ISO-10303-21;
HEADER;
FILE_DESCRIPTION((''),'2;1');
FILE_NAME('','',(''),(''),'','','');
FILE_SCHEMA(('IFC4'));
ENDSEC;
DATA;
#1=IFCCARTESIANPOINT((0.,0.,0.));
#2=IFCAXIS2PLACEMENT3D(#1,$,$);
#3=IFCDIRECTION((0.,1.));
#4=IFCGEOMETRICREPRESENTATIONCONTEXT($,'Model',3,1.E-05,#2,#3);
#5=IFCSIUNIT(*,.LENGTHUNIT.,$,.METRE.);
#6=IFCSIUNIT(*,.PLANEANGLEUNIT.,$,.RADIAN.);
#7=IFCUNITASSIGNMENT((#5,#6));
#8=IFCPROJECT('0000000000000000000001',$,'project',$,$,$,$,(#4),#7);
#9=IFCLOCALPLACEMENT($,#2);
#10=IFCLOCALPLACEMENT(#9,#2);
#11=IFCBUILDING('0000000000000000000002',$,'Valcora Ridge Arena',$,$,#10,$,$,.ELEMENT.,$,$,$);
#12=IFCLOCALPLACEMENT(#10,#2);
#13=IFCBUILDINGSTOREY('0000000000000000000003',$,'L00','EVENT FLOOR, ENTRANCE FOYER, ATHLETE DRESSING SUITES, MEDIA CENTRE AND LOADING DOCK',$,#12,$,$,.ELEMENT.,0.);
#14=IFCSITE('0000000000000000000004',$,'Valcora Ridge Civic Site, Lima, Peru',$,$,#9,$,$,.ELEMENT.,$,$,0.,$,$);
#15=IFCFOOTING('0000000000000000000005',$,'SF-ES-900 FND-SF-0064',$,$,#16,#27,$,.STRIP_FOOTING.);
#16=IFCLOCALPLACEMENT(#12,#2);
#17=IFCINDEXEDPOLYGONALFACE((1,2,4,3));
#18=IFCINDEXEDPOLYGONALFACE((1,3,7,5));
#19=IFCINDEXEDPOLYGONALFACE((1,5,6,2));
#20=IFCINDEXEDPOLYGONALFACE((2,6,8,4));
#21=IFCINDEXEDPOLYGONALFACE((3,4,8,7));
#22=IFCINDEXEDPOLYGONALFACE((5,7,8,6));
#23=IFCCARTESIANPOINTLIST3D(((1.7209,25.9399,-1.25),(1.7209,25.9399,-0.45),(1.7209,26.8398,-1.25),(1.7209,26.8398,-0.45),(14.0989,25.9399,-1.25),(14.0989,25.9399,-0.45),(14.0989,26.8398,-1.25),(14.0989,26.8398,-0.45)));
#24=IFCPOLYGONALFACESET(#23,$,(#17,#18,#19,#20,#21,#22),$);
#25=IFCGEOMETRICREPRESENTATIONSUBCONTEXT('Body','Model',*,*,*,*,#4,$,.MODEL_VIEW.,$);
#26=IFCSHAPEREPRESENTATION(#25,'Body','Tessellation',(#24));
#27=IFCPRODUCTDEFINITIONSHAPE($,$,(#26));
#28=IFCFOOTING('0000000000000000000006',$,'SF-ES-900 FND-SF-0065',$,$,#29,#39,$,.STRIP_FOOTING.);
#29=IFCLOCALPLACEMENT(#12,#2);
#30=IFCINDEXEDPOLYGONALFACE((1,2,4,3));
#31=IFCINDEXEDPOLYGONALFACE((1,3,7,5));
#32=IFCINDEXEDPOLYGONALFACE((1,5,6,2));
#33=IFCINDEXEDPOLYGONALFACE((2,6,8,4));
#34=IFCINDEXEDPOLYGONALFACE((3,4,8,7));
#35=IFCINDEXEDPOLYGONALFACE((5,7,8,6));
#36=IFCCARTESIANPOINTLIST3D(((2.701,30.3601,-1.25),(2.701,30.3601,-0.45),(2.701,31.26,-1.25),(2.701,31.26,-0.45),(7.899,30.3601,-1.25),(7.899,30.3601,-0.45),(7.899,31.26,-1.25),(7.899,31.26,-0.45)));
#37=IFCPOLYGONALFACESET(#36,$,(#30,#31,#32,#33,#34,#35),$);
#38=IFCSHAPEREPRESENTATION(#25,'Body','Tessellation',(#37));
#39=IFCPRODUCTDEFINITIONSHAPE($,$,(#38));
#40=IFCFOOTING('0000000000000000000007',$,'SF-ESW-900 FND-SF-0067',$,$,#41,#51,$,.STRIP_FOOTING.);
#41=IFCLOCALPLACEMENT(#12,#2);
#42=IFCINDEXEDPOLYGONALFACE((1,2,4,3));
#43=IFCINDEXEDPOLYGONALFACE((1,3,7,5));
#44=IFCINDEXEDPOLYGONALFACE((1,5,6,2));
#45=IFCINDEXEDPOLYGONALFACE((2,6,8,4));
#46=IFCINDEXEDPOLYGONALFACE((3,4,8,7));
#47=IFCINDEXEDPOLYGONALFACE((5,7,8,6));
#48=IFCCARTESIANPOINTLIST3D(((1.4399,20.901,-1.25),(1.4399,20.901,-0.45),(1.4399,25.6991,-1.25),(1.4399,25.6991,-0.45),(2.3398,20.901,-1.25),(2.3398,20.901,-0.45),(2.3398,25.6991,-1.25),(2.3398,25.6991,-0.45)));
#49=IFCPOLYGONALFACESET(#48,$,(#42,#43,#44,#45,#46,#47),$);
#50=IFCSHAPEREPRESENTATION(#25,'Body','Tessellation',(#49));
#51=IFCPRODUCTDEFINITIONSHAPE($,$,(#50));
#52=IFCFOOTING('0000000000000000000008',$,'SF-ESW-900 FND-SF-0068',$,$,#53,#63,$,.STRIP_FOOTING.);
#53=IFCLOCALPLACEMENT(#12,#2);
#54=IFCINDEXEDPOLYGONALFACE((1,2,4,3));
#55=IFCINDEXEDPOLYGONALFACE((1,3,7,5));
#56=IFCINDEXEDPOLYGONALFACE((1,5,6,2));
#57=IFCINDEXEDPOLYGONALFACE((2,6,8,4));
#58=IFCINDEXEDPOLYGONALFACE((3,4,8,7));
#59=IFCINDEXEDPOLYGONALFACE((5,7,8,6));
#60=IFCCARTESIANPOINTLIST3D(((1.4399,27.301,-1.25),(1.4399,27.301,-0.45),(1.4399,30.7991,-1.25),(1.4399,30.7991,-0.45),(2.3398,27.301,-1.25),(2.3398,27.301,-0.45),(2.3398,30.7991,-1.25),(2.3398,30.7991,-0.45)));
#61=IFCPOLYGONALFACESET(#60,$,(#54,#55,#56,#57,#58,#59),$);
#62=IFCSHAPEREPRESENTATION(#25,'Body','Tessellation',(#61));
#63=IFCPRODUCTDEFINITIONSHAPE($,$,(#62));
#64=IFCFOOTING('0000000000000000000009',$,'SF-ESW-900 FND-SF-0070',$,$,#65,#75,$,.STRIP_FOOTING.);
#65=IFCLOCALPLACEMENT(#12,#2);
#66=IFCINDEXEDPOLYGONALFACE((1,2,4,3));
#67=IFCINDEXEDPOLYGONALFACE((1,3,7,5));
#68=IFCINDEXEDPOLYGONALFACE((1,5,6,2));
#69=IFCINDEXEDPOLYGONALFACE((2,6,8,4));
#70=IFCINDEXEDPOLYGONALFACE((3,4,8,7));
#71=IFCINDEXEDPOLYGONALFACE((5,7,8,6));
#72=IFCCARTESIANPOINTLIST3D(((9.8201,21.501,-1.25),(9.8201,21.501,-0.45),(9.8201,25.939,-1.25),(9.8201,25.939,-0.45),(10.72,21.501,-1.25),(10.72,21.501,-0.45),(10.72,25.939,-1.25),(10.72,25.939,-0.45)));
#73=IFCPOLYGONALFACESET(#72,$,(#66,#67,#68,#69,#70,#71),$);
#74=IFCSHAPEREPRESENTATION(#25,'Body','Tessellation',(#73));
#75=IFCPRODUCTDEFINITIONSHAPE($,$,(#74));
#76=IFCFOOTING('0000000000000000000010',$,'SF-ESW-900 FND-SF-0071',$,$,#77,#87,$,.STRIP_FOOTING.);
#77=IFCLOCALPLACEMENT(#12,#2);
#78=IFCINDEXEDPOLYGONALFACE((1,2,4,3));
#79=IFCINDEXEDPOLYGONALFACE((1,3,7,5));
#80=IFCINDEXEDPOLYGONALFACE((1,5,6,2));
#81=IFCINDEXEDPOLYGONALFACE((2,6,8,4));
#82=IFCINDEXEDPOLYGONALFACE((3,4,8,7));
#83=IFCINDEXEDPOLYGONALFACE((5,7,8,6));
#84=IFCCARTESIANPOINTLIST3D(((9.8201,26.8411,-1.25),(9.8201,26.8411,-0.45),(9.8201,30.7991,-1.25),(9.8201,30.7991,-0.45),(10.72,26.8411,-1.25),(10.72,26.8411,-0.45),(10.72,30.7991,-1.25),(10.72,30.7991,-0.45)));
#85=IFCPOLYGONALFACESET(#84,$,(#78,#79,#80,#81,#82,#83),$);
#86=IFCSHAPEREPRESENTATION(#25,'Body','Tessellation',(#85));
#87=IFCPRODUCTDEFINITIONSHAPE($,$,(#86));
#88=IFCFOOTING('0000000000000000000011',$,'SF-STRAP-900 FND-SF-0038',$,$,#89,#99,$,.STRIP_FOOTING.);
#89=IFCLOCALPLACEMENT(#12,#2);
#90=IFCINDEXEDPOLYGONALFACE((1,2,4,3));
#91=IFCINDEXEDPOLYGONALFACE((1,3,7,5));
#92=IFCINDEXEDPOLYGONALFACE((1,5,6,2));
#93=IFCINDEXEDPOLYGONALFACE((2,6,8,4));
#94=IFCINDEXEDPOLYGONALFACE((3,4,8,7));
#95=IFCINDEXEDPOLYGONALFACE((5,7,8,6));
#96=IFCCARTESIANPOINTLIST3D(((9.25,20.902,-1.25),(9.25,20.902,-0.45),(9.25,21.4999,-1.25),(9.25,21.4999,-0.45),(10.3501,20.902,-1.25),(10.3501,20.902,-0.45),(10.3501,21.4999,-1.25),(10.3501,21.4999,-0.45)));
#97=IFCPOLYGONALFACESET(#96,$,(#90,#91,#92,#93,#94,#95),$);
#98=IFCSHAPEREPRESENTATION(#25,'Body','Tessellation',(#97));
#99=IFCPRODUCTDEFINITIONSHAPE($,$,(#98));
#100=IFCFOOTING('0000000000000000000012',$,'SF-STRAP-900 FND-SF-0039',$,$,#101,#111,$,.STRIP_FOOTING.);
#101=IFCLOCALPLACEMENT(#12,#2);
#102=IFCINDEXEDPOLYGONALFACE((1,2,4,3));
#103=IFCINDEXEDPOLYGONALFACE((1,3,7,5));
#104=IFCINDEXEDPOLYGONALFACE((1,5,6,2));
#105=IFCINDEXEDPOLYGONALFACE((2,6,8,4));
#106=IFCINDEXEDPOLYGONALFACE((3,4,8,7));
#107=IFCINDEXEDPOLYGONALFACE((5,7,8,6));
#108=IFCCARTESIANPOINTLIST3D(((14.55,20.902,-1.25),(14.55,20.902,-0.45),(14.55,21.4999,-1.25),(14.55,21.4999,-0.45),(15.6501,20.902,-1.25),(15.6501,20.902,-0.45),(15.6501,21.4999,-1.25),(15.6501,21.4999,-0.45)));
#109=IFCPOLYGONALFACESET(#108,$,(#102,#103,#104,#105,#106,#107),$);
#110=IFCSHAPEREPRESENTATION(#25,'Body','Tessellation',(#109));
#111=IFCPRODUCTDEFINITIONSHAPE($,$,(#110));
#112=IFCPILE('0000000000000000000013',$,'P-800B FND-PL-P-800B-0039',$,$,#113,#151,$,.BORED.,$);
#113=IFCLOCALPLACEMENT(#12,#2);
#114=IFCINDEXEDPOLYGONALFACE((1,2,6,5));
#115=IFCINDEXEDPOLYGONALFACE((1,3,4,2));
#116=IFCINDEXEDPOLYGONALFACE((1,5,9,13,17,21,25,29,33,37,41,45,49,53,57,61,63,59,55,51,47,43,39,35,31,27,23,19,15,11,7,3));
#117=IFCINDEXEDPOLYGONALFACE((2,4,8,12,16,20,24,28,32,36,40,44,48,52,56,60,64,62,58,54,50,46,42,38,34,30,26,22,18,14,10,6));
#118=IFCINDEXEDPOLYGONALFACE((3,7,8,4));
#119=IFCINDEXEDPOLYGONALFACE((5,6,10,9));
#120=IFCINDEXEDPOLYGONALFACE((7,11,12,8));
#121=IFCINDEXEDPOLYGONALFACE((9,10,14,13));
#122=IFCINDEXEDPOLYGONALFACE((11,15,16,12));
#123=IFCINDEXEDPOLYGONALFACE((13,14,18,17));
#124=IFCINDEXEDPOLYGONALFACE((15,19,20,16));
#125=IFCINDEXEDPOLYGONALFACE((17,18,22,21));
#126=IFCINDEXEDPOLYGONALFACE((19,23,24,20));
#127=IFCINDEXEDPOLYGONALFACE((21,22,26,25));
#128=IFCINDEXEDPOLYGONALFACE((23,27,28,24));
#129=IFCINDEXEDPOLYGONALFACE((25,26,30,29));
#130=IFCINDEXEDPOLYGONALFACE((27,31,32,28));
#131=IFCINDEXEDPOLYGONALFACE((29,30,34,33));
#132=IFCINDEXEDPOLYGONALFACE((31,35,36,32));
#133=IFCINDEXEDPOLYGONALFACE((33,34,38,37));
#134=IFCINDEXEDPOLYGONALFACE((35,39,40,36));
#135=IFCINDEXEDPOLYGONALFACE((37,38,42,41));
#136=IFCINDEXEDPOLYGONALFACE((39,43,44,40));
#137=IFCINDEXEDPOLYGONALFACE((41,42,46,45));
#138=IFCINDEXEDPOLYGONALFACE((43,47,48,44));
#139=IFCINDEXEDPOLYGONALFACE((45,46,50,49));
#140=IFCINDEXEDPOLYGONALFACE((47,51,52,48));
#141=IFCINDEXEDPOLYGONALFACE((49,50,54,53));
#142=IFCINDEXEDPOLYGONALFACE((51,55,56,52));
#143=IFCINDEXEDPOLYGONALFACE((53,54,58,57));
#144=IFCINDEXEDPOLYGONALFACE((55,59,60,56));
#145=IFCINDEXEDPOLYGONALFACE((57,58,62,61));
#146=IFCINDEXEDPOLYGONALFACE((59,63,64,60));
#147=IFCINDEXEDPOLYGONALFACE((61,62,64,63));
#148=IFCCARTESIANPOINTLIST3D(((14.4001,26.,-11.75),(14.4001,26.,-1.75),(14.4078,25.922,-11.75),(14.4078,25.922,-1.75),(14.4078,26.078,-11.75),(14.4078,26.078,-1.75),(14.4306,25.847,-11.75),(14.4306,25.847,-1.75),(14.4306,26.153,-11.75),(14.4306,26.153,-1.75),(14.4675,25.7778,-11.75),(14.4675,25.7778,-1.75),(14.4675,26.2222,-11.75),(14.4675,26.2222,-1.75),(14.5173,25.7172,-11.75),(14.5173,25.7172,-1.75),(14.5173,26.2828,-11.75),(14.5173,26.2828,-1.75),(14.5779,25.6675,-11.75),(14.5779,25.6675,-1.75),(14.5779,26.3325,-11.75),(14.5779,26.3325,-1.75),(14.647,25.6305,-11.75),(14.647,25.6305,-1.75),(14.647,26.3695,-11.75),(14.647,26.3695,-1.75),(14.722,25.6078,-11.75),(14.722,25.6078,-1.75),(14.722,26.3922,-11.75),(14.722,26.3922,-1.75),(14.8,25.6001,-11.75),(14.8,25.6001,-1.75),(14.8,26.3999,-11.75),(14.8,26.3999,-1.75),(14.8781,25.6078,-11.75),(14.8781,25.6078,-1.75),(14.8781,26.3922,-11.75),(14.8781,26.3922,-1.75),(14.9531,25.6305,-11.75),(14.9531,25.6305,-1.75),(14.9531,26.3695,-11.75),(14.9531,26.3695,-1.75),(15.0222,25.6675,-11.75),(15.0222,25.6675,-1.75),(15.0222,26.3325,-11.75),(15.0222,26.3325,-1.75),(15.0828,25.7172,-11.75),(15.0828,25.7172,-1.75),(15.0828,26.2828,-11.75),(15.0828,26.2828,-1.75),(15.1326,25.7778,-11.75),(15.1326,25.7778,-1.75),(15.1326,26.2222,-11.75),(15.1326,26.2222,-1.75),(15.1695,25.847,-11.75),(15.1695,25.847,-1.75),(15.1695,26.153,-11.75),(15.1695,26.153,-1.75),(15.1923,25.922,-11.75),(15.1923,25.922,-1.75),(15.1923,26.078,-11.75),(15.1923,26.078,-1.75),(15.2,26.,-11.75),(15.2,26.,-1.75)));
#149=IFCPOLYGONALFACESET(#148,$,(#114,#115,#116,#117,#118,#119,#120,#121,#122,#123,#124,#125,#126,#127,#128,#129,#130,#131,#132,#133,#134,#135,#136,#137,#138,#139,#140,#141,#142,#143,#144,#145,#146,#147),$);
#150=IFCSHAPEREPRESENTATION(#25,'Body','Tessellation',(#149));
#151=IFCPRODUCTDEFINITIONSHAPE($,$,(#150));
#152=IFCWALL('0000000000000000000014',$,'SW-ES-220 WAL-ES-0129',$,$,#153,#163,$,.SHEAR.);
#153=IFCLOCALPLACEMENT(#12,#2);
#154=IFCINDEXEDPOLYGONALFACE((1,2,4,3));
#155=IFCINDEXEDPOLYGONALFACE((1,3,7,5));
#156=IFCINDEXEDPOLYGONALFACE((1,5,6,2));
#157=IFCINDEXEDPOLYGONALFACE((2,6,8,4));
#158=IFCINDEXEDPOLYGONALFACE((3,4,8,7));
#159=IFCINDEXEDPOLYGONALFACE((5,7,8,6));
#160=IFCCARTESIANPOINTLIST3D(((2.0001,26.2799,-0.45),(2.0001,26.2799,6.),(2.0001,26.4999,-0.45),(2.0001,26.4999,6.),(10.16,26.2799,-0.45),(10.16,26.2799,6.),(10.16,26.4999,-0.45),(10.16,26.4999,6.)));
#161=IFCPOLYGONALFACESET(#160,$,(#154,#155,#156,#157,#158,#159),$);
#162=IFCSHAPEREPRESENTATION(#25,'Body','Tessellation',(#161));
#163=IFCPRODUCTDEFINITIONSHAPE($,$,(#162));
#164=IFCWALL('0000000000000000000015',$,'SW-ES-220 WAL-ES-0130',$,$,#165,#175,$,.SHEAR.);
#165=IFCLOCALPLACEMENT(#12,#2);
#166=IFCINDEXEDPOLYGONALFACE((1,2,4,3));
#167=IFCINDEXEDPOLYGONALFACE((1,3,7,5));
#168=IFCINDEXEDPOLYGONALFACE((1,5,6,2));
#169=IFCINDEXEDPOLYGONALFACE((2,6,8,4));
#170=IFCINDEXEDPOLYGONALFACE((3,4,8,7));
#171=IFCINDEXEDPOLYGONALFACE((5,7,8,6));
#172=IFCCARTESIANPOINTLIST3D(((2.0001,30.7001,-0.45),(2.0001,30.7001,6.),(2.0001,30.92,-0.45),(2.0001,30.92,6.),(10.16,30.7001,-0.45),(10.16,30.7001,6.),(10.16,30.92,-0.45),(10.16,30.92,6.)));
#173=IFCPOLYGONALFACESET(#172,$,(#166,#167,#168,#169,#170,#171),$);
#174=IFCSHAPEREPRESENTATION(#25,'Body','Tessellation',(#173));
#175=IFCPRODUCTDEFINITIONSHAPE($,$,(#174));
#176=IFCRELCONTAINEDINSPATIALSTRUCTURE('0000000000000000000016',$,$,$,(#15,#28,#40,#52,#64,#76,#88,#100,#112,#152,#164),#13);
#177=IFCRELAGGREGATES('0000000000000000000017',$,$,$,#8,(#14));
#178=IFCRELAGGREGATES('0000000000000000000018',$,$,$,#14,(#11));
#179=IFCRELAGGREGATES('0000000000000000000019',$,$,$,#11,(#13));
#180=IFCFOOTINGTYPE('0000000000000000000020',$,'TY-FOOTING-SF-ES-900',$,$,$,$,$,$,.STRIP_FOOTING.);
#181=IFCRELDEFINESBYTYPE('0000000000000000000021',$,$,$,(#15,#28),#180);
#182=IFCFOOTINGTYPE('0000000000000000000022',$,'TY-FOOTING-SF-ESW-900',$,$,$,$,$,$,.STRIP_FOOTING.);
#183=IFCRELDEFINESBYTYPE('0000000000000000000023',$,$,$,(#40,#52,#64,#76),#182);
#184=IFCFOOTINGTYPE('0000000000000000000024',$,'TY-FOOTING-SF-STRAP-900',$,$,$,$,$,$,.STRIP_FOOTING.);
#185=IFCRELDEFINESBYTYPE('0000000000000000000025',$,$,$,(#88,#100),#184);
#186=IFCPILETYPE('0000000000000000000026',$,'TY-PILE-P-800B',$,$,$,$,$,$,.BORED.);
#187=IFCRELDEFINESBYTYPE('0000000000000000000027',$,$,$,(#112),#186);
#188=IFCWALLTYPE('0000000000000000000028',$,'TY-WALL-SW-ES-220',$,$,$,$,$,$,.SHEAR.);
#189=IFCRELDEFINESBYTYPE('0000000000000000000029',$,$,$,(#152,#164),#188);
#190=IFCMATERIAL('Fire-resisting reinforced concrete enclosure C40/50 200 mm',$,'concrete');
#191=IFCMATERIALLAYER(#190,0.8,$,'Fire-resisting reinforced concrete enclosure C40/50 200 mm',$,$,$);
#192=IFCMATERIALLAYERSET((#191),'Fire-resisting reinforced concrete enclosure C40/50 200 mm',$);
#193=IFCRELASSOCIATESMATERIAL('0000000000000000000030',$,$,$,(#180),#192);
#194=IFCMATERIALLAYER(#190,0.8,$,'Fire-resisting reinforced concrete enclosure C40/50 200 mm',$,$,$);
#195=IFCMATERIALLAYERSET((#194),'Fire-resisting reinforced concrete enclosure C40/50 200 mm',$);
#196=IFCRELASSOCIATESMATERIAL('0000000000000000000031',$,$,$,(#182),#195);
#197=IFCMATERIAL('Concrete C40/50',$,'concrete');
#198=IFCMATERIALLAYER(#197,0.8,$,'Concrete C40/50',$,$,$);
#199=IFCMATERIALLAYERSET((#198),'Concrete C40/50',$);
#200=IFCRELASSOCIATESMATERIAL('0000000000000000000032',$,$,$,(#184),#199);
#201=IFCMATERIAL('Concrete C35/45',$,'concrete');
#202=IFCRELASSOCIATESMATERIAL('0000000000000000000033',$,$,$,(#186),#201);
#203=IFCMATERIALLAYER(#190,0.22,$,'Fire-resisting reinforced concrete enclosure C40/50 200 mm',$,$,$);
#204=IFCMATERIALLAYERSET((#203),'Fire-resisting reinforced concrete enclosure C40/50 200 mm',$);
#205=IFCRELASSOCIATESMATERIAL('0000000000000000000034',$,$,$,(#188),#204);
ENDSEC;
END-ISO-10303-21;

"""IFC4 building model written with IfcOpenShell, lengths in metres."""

from ifc_helpers import new_model, si_unit, direction, frame, frame_2d, origin, origin_2d, place, context, subcontext, project, spatial, rectangle, circle, extrude, material, layer, layer_set, material_profile, profile_set, type_object, element, save


model = new_model("IFC4")

# Units and contexts
model_context = context("Model", 3, precision=1e-05, world=origin(), true_north=direction((0.0, 1.0)))
body_context = subcontext(model_context, "Body", "Model", "MODEL_VIEW")
ifc_project = project(units=[si_unit("LENGTHUNIT", "METRE"), si_unit("PLANEANGLEUNIT", "RADIAN")], contexts=[model_context])

# Site, building, storey
site_placement = place(None, origin())
site = spatial("IfcSite", under=ifc_project, at=site_placement, Name="Valcora Ridge Civic Site, Lima, Peru", CompositionType="ELEMENT", RefElevation=0.0)
building_placement = place(site_placement, origin())
building = spatial("IfcBuilding", under=site, at=building_placement, Name="Valcora Ridge Arena", CompositionType="ELEMENT")
storey_placement = place(building_placement, origin())
storey = spatial("IfcBuildingStorey", under=building, at=storey_placement, Name="L00", Description="EVENT FLOOR, ENTRANCE FOYER, ATHLETE DRESSING SUITES, MEDIA CENTRE AND LOADING DOCK", CompositionType="ELEMENT", Elevation=0.0)

# Footings
ifc_material_1 = material(Name="Fire-resisting reinforced concrete enclosure C40/50 200 mm", Category="concrete")
ifc_layer_1 = layer(ifc_material_1, 0.8, Name="Fire-resisting reinforced concrete enclosure C40/50 200 mm")
ifc_layer_set_1 = layer_set([ifc_layer_1], Name="Fire-resisting reinforced concrete enclosure C40/50 200 mm")
footing_type_1 = type_object("IfcFootingType", Name="TY-FOOTING-SF-ES-900", PredefinedType="STRIP_FOOTING", material=ifc_layer_set_1)
footing_1_placement = place(storey_placement, frame((7.9099, 26.3899, -1.25), z_axis=(0.0, 0.0, 1.0), x_axis=(1.0, 0.0, 0.0)))
element("IfcFooting", 1, at=footing_1_placement, inside=storey, type_object=footing_type_1, Name="SF-ES-900 FND-SF-0064", PredefinedType="STRIP_FOOTING", context=body_context, shape_type="SweptSolid", body=[
    extrude(rectangle(XDim=12.3779, YDim=0.8999, at=origin_2d()), origin(), (0.0, 0.0, 1.0), 0.8),
])
footing_2_placement = place(storey_placement, frame((5.3, 30.8101, -1.25), z_axis=(0.0, 0.0, 1.0), x_axis=(1.0, 0.0, 0.0)))
element("IfcFooting", 2, at=footing_2_placement, inside=storey, type_object=footing_type_1, Name="SF-ES-900 FND-SF-0065", PredefinedType="STRIP_FOOTING", context=body_context, shape_type="SweptSolid", body=[
    extrude(rectangle(XDim=5.198, YDim=0.8999, at=origin_2d()), origin(), (0.0, 0.0, 1.0), 0.8),
])
ifc_layer_2 = layer(ifc_material_1, 0.8, Name="Fire-resisting reinforced concrete enclosure C40/50 200 mm")
ifc_layer_set_2 = layer_set([ifc_layer_2], Name="Fire-resisting reinforced concrete enclosure C40/50 200 mm")
footing_type_2 = type_object("IfcFootingType", Name="TY-FOOTING-SF-ESW-900", PredefinedType="STRIP_FOOTING", material=ifc_layer_set_2)
footing_3_placement = place(storey_placement, frame((1.8899, 23.3, -1.25), z_axis=(0.0, 0.0, 1.0), x_axis=(1.0, 0.0, 0.0)))
element("IfcFooting", 3, at=footing_3_placement, inside=storey, type_object=footing_type_2, Name="SF-ESW-900 FND-SF-0067", PredefinedType="STRIP_FOOTING", context=body_context, shape_type="SweptSolid", body=[
    extrude(rectangle(XDim=0.8999, YDim=4.7981, at=origin_2d()), origin(), (0.0, 0.0, 1.0), 0.8),
])
footing_4_placement = place(storey_placement, frame((1.8899, 29.05, -1.25), z_axis=(0.0, 0.0, 1.0), x_axis=(1.0, 0.0, 0.0)))
element("IfcFooting", 4, at=footing_4_placement, inside=storey, type_object=footing_type_2, Name="SF-ESW-900 FND-SF-0068", PredefinedType="STRIP_FOOTING", context=body_context, shape_type="SweptSolid", body=[
    extrude(rectangle(XDim=0.8999, YDim=3.498, at=origin_2d()), origin(), (0.0, 0.0, 1.0), 0.8),
])
footing_5_placement = place(storey_placement, frame((10.27, 23.72, -1.25), z_axis=(0.0, 0.0, 1.0), x_axis=(1.0, 0.0, 0.0)))
element("IfcFooting", 5, at=footing_5_placement, inside=storey, type_object=footing_type_2, Name="SF-ESW-900 FND-SF-0070", PredefinedType="STRIP_FOOTING", context=body_context, shape_type="SweptSolid", body=[
    extrude(rectangle(XDim=0.8999, YDim=4.438, at=origin_2d()), origin(), (0.0, 0.0, 1.0), 0.8),
])
footing_6_placement = place(storey_placement, frame((10.27, 28.8201, -1.25), z_axis=(0.0, 0.0, 1.0), x_axis=(1.0, 0.0, 0.0)))
element("IfcFooting", 6, at=footing_6_placement, inside=storey, type_object=footing_type_2, Name="SF-ESW-900 FND-SF-0071", PredefinedType="STRIP_FOOTING", context=body_context, shape_type="SweptSolid", body=[
    extrude(rectangle(XDim=0.8999, YDim=3.958, at=origin_2d()), origin(), (0.0, 0.0, 1.0), 0.8),
])
ifc_material_2 = material(Name="Concrete C40/50", Category="concrete")
ifc_layer_3 = layer(ifc_material_2, 0.8, Name="Concrete C40/50")
ifc_layer_set_3 = layer_set([ifc_layer_3], Name="Concrete C40/50")
footing_type_3 = type_object("IfcFootingType", Name="TY-FOOTING-SF-STRAP-900", PredefinedType="STRIP_FOOTING", material=ifc_layer_set_3)
for number, where, z_axis, x_axis, name in (
    (7, (9.8, 21.2009, -1.25), (0.0, 0.0, 1.0), (1.0, 0.0, 0.0), "SF-STRAP-900 FND-SF-0038"),
    (8, (15.1001, 21.2009, -1.25), (0.0, 0.0, 1.0), (1.0, 0.0, 0.0), "SF-STRAP-900 FND-SF-0039"),
):
    element("IfcFooting", number, at=place(storey_placement, frame(where, z_axis=z_axis, x_axis=x_axis)), inside=storey, type_object=footing_type_3, Name=name, PredefinedType="STRIP_FOOTING", context=body_context, shape_type="SweptSolid", body=[
        extrude(rectangle(XDim=1.1001, YDim=0.5979, at=origin_2d()), origin(), (0.0, 0.0, 1.0), 0.8),
    ])

# Pile
ifc_material_3 = material(Name="Concrete C35/45", Category="concrete")
ifc_material_profile = material_profile(ifc_material_3, circle(Radius=0.3999, at=origin_2d()), Name="BORED PILE D800")
ifc_profile_set = profile_set([ifc_material_profile], Name="Concrete C35/45")
pile_type = type_object("IfcPileType", Name="TY-PILE-P-800B", PredefinedType="BORED", material=ifc_profile_set)
pile_placement = place(storey_placement, frame((14.8, 26.0, -1.75), z_axis=(0.0, 0.0, -1.0), x_axis=(1.0, 0.0, 0.0)))
element("IfcPile", 9, at=pile_placement, inside=storey, type_object=pile_type, Name="P-800B FND-PL-P-800B-0039", PredefinedType="BORED", context=body_context, shape_type="SweptSolid", body=[
    extrude(circle(Radius=0.3999, at=origin_2d()), origin(), (0.0, 0.0, 1.0), 10.0),
])

# Walls
ifc_layer_4 = layer(ifc_material_1, 0.22, Name="Fire-resisting reinforced concrete enclosure C40/50 200 mm")
ifc_layer_set_4 = layer_set([ifc_layer_4], Name="Fire-resisting reinforced concrete enclosure C40/50 200 mm")
wall_type = type_object("IfcWallType", Name="TY-WALL-SW-ES-220", PredefinedType="SHEAR", material=ifc_layer_set_4)
for number, where, z_axis, x_axis, name in (
    (10, (2.0, 26.3899, -0.45), (0.0, 0.0, 1.0), (1.0, 0.0, 0.0), "SW-ES-220 WAL-ES-0129"),
    (11, (2.0, 30.8101, -0.45), (0.0, 0.0, 1.0), (1.0, 0.0, 0.0), "SW-ES-220 WAL-ES-0130"),
):
    element("IfcWall", number, at=place(storey_placement, frame(where, z_axis=z_axis, x_axis=x_axis)), inside=storey, type_object=wall_type, Name=name, PredefinedType="SHEAR", context=body_context, shape_type="SweptSolid", body=[
        extrude(rectangle(XDim=8.1599, YDim=0.22, at=frame_2d((4.0801, 0.0))), origin(), (0.0, 0.0, 1.0), 6.45),
    ])

save(model, "model.ifc")
